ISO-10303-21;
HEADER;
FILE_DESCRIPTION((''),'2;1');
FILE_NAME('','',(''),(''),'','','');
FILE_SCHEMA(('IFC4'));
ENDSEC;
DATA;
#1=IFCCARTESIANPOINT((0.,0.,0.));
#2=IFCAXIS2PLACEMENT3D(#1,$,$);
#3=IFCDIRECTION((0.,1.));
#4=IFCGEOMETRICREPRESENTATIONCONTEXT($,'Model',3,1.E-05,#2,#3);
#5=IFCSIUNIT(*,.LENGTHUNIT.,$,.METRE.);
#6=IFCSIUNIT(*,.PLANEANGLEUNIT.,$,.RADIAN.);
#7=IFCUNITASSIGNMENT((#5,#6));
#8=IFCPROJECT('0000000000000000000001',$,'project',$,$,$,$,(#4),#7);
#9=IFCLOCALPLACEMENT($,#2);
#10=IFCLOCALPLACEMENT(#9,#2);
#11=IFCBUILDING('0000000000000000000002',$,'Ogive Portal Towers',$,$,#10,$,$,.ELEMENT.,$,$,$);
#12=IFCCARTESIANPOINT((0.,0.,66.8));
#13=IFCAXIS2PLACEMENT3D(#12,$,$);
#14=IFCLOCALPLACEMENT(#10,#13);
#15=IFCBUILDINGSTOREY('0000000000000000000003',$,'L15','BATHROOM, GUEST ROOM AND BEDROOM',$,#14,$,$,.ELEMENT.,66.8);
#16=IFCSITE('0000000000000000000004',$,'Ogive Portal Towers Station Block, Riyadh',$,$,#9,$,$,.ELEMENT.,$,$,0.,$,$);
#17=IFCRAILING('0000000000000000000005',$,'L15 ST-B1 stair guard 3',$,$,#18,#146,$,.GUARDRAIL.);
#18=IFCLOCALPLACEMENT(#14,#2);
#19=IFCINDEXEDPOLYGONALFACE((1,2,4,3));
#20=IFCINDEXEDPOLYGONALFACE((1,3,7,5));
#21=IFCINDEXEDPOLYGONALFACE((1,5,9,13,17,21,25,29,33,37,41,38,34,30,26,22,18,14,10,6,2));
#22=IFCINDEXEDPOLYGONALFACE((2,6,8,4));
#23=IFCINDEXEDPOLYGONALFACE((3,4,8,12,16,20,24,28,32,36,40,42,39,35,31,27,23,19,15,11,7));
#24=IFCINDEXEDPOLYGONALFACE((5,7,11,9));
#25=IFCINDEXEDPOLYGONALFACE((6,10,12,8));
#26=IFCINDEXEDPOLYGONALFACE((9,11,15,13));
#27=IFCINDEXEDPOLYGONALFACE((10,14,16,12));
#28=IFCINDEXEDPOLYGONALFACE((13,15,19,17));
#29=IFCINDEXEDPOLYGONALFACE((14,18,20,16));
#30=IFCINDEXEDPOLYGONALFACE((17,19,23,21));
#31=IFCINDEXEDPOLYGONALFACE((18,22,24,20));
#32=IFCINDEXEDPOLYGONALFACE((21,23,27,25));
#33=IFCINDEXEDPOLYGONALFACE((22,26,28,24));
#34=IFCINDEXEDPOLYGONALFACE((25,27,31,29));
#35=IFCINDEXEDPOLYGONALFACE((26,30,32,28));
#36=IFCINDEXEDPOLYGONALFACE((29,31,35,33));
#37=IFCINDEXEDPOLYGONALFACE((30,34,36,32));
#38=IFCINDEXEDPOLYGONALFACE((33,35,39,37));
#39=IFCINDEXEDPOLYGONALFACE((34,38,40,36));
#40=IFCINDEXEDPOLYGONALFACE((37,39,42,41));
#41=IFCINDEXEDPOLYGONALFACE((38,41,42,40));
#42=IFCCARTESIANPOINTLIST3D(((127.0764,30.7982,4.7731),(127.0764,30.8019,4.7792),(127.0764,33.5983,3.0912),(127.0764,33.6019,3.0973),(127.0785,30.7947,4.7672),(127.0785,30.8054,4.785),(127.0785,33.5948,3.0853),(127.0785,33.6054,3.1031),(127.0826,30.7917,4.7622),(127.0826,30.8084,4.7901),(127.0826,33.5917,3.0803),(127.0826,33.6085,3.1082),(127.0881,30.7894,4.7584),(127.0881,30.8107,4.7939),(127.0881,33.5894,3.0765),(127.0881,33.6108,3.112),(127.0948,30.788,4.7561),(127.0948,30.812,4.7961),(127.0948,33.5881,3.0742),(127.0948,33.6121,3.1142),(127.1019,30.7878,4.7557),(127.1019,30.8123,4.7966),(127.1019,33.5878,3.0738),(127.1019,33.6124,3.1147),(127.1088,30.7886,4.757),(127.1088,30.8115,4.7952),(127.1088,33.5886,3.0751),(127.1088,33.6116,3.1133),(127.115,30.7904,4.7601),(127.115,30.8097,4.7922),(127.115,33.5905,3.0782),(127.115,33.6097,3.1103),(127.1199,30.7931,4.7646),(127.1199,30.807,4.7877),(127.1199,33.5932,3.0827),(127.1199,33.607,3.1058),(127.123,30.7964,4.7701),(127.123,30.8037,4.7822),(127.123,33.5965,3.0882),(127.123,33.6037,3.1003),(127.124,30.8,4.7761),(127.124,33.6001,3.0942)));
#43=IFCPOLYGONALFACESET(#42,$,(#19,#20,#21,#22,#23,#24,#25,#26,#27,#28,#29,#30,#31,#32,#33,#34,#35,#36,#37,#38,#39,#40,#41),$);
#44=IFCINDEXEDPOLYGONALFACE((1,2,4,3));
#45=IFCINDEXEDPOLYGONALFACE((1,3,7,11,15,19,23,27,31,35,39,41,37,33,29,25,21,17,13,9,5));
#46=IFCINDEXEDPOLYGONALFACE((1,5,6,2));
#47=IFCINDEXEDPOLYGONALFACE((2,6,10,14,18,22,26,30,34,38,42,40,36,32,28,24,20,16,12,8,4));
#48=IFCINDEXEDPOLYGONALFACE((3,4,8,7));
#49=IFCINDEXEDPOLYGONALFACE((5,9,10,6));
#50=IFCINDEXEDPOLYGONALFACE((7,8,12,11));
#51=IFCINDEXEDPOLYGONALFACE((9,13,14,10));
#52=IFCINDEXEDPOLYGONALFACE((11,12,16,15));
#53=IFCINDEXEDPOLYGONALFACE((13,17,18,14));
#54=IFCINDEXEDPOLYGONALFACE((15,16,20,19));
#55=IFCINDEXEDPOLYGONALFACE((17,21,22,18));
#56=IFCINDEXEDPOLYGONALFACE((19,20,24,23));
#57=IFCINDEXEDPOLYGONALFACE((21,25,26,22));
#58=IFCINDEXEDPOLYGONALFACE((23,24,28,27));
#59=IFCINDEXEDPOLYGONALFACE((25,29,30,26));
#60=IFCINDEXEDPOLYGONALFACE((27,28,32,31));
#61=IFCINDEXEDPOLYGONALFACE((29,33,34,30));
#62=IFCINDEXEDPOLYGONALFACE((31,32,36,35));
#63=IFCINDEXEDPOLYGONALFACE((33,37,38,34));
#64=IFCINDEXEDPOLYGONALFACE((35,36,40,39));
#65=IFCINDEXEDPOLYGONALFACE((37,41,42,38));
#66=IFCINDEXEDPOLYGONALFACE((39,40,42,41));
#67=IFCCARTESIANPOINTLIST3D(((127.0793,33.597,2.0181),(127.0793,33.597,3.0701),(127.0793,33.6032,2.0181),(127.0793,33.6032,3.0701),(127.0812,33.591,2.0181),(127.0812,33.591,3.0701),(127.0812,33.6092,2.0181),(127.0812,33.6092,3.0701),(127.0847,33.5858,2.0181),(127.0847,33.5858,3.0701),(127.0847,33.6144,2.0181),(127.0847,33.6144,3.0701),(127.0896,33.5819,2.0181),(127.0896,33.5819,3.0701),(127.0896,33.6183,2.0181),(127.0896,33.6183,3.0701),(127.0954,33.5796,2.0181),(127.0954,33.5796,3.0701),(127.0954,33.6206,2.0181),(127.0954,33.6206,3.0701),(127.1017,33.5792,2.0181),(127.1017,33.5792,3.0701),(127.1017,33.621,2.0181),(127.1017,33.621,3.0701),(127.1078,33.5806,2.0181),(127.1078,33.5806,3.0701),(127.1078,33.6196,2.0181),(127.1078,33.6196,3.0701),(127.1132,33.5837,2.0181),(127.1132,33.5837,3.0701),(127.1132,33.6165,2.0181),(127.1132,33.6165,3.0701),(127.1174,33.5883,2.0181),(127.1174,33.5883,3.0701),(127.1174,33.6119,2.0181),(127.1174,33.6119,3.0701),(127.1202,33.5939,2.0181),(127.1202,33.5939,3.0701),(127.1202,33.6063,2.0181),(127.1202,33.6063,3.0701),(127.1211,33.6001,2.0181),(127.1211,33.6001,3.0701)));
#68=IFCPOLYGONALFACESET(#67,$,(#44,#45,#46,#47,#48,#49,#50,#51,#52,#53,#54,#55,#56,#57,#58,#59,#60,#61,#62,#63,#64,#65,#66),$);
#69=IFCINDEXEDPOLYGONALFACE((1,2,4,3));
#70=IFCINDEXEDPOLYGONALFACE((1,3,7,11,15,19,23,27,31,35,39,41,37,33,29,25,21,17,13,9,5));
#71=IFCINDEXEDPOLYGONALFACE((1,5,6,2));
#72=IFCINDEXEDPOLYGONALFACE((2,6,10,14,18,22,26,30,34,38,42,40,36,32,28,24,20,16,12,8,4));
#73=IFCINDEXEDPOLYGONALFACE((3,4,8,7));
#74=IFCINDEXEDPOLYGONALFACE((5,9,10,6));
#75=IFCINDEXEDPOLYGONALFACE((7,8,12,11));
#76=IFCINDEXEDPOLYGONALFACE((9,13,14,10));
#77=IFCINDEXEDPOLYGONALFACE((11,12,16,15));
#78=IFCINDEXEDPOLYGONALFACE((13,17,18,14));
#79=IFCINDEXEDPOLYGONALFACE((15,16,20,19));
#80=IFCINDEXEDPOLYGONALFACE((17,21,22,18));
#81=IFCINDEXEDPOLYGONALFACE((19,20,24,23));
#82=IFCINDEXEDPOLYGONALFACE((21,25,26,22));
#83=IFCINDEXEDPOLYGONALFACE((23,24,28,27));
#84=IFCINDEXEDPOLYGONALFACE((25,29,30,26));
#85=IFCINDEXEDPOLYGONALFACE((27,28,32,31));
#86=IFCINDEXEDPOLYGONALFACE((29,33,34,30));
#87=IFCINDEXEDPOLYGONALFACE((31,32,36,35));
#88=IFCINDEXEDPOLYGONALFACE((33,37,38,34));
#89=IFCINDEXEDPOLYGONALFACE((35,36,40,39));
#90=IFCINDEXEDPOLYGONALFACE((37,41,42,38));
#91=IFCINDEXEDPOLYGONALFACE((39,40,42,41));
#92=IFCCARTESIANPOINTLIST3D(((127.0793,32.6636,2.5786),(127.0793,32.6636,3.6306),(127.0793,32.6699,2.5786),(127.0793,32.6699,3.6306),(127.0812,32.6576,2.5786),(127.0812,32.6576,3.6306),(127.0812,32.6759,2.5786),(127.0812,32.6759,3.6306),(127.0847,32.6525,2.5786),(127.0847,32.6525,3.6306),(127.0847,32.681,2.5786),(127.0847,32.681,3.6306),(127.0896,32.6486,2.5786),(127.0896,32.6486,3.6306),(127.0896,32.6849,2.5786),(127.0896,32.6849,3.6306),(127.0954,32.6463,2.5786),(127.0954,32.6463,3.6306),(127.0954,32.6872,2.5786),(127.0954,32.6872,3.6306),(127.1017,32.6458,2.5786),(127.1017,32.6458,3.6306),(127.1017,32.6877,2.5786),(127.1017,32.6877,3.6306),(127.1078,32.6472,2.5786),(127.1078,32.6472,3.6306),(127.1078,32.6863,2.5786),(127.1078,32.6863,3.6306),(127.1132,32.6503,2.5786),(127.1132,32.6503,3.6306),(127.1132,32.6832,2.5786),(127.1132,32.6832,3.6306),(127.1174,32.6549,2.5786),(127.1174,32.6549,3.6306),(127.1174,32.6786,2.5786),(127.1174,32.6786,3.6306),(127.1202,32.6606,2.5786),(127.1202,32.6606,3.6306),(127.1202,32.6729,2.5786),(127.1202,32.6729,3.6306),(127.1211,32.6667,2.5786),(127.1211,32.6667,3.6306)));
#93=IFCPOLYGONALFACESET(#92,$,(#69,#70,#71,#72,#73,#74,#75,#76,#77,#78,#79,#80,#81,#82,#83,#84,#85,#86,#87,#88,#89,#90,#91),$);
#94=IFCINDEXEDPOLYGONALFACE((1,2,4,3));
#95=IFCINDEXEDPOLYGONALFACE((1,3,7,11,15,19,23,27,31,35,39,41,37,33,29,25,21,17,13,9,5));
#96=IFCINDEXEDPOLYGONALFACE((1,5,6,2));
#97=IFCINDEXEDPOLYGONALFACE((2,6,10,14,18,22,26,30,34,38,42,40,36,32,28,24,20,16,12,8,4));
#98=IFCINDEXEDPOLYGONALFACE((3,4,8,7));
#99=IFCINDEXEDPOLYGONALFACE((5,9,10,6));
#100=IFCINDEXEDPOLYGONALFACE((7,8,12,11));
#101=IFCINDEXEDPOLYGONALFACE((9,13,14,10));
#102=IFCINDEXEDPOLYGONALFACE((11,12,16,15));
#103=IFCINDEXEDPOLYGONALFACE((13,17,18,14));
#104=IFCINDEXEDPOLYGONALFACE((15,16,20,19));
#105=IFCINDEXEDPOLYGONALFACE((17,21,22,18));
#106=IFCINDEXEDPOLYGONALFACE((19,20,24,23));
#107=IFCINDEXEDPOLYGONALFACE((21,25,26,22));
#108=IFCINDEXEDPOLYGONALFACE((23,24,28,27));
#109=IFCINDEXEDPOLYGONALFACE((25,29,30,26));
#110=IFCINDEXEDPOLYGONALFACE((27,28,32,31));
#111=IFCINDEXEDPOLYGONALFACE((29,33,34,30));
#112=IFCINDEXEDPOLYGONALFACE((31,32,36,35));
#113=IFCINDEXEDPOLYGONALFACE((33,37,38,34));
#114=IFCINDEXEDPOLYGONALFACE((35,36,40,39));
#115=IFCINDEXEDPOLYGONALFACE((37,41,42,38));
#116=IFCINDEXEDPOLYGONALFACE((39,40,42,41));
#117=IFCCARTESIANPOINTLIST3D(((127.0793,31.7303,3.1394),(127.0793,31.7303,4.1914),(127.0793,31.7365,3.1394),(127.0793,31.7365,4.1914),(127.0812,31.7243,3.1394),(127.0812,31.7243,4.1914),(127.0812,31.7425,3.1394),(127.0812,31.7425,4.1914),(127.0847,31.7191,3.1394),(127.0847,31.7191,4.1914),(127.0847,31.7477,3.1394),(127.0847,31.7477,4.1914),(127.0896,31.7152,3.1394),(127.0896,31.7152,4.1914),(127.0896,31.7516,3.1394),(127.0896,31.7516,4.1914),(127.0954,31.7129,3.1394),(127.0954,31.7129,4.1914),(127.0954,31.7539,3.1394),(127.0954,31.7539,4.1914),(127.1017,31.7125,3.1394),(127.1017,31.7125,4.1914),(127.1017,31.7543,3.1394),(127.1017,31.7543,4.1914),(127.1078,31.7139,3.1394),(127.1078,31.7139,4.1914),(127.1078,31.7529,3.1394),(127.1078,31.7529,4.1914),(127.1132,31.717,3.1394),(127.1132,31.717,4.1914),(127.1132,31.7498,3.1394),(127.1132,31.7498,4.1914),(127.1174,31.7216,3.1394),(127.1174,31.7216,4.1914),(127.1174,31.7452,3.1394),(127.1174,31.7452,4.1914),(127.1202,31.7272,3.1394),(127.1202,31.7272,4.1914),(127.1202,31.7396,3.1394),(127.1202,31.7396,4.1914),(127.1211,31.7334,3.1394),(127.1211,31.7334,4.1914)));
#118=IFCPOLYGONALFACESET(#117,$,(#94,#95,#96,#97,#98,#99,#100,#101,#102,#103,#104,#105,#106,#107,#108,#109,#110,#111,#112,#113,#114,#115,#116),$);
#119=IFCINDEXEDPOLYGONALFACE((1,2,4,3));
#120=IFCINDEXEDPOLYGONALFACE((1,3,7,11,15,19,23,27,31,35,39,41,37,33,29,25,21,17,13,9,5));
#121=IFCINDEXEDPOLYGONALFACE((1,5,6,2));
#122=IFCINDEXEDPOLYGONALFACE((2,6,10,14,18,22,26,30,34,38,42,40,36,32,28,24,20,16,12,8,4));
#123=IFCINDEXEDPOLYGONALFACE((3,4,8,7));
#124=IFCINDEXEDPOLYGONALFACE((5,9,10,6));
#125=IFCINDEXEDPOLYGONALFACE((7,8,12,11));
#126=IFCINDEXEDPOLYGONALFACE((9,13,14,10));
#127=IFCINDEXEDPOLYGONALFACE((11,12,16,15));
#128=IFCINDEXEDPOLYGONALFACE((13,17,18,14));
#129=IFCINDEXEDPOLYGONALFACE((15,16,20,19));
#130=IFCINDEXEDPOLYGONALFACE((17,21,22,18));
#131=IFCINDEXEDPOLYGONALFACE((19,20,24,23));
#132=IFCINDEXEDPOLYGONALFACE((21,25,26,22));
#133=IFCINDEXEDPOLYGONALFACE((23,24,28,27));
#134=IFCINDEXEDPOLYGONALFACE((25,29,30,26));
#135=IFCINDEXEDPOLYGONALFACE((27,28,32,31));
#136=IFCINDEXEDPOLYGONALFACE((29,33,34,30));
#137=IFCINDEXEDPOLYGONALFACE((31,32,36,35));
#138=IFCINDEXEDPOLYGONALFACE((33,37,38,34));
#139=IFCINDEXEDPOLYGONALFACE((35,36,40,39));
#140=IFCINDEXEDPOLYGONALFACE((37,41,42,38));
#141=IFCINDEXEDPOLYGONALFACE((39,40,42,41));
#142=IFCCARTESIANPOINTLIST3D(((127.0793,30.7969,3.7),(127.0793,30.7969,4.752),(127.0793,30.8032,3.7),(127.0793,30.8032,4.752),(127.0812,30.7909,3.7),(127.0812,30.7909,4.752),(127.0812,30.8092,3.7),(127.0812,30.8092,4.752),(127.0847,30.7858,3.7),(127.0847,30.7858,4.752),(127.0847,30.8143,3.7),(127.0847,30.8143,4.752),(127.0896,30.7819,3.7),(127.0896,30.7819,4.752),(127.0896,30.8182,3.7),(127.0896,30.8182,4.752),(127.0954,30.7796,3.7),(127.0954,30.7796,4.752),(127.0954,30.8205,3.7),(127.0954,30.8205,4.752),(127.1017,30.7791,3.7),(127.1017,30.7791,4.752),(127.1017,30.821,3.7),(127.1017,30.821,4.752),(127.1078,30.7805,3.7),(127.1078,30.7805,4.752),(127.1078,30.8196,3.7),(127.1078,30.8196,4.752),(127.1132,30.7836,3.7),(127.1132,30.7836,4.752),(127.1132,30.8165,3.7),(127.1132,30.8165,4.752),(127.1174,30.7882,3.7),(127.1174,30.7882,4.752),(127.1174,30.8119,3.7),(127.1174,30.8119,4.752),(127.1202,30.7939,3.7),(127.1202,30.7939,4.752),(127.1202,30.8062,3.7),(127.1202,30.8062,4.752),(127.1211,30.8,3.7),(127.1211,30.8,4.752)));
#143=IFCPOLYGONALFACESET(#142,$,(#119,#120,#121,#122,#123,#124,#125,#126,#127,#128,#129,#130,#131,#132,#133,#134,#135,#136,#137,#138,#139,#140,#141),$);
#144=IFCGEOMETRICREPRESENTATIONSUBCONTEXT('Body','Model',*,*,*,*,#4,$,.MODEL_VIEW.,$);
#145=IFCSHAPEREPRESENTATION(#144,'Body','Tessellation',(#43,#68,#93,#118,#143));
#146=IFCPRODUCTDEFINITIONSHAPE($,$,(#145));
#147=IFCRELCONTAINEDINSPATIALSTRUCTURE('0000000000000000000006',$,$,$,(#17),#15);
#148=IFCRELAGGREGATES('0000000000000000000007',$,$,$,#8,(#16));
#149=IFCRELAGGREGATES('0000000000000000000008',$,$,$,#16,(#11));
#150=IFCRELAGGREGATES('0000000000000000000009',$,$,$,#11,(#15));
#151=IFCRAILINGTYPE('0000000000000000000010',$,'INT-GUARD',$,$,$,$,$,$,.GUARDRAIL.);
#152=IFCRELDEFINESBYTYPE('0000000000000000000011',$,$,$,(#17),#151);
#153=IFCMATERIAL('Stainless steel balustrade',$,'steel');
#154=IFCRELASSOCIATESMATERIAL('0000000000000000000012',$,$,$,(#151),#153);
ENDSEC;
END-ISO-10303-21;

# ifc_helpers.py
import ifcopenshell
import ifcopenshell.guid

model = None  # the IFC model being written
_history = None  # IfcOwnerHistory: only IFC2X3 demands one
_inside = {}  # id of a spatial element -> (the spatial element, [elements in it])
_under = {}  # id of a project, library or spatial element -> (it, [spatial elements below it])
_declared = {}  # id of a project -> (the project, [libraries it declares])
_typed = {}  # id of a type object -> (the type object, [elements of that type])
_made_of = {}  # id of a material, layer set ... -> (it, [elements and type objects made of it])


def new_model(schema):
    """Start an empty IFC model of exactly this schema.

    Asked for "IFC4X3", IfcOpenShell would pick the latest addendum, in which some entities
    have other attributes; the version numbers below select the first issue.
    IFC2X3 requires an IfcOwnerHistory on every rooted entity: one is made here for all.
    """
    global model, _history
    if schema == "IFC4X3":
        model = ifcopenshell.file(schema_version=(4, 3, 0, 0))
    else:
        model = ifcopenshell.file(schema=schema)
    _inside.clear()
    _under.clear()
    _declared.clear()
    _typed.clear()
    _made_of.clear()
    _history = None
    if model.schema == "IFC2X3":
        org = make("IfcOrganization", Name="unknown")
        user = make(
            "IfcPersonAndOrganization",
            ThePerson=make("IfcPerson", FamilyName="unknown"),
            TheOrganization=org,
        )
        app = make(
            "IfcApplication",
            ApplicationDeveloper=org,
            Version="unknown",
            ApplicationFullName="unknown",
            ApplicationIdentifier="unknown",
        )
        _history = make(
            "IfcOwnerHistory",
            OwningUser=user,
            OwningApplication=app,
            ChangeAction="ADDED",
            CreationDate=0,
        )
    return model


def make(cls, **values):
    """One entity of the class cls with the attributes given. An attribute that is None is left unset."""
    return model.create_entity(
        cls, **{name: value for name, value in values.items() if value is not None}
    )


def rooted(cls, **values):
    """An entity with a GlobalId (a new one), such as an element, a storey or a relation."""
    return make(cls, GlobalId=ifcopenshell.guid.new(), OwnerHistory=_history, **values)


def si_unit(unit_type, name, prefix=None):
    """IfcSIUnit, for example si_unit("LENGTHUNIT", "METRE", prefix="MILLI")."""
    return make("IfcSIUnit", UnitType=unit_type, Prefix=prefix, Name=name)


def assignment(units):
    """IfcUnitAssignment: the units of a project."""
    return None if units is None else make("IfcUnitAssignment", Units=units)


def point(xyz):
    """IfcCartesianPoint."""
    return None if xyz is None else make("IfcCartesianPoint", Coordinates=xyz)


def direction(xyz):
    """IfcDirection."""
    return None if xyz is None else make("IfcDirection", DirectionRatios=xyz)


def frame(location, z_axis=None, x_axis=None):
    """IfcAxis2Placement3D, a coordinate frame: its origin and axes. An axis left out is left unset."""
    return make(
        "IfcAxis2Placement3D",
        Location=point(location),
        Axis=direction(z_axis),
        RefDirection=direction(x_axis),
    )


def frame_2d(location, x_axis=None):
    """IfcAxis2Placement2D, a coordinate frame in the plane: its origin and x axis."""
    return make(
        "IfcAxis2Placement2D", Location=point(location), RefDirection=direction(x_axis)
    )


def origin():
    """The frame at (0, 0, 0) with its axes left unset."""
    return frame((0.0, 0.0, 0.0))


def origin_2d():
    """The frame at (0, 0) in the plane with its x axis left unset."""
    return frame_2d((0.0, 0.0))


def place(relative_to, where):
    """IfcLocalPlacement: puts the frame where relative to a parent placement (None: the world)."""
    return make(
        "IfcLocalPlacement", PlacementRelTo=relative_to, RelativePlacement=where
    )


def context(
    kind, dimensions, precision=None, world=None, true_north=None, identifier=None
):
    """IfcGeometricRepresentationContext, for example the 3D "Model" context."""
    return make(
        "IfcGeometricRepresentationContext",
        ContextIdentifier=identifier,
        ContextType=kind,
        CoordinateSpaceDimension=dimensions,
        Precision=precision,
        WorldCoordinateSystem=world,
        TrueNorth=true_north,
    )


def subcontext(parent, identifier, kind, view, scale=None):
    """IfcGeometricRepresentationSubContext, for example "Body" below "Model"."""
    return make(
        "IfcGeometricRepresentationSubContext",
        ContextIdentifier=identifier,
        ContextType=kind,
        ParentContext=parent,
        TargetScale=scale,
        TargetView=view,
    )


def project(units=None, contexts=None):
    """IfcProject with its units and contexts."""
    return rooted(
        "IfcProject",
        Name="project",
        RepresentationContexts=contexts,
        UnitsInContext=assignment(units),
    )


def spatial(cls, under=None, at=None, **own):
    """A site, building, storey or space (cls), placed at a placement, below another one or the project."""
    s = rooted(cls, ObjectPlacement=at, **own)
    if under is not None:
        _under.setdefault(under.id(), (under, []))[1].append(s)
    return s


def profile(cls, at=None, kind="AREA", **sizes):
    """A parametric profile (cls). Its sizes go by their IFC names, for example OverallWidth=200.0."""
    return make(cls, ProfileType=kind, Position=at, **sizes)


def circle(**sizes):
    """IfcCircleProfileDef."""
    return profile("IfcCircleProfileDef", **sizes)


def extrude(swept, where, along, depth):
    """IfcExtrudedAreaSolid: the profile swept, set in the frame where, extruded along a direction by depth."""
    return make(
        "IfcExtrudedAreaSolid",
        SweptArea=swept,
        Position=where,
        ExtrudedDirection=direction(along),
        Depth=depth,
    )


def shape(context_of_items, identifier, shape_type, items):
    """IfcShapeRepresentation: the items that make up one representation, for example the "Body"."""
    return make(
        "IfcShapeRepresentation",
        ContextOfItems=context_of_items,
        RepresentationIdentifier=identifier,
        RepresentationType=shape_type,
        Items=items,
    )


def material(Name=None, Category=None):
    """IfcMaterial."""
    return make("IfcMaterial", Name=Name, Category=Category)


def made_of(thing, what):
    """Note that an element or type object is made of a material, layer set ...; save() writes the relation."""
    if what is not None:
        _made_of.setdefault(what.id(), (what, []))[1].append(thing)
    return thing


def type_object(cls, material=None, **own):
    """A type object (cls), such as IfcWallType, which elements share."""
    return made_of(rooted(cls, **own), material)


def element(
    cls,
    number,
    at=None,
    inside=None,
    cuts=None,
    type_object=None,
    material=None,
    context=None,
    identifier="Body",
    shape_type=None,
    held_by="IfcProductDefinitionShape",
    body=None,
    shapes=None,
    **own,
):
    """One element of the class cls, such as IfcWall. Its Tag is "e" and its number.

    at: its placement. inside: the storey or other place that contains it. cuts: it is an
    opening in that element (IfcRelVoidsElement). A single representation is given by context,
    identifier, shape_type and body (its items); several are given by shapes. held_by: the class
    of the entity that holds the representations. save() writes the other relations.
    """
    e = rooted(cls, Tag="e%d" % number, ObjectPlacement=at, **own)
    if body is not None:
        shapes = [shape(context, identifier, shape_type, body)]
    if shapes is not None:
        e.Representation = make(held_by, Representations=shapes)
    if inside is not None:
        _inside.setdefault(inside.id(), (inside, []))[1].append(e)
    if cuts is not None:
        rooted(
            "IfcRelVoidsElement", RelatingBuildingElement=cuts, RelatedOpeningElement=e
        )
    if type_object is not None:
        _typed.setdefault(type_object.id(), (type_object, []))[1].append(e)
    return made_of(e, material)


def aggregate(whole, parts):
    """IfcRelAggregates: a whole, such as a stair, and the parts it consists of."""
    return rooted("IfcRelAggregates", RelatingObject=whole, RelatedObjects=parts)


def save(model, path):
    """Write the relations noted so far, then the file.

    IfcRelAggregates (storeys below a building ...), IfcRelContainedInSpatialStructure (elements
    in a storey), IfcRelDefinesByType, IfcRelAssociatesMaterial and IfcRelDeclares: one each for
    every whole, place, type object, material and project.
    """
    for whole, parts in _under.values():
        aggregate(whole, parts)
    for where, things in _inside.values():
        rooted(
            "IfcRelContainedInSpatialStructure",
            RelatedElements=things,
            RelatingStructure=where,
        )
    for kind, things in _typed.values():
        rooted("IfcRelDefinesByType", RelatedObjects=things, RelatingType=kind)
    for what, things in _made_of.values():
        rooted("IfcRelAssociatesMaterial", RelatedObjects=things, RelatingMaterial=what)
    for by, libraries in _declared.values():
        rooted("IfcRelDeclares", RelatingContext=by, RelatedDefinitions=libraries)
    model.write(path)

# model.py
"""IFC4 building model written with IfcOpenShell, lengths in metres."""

from ifc_helpers import new_model, si_unit, direction, frame, origin, origin_2d, place, context, subcontext, project, spatial, circle, extrude, material, type_object, element, save


model = new_model("IFC4")

# Units and contexts
model_context = context("Model", 3, precision=1e-05, world=origin(), true_north=direction((0.0, 1.0)))
body_context = subcontext(model_context, "Body", "Model", "MODEL_VIEW")
ifc_project = project(units=[si_unit("LENGTHUNIT", "METRE"), si_unit("PLANEANGLEUNIT", "RADIAN")], contexts=[model_context])

# Site, building, storey
site_placement = place(None, origin())
site = spatial("IfcSite", under=ifc_project, at=site_placement, Name="Ogive Portal Towers Station Block, Riyadh", CompositionType="ELEMENT", RefElevation=0.0)
building_placement = place(site_placement, origin())
building = spatial("IfcBuilding", under=site, at=building_placement, Name="Ogive Portal Towers", CompositionType="ELEMENT")
storey_placement = place(building_placement, frame((0.0, 0.0, 66.8)))
storey = spatial("IfcBuildingStorey", under=building, at=storey_placement, Name="L15", Description="BATHROOM, GUEST ROOM AND BEDROOM", CompositionType="ELEMENT", Elevation=66.8)

# Railing
ifc_material_1 = material(Name="Stainless steel balustrade", Category="steel")
railing_type_1 = type_object("IfcRailingType", Name="INT-GUARD", PredefinedType="GUARDRAIL", material=ifc_material_1)
railing_1_placement = place(storey_placement, frame((127.1001, 33.6001, 2.0181)))
element("IfcRailing", 1, at=railing_1_placement, inside=storey, type_object=railing_type_1, Name="L15 ST-B1 stair guard 3", PredefinedType="GUARDRAIL", context=body_context, shape_type="SweptSolid", body=[
    extrude(circle(Radius=0.0239, at=origin_2d()), frame((0.0, 0.0, 1.0762), z_axis=(0.0, -0.857242, 0.514913), x_axis=(1.0, 0.0, 0.0)), (0.0, 0.0, 1.0), 3.2664),
    extrude(circle(Radius=0.021, at=origin_2d()), origin(), (0.0, 0.0, 1.0), 1.052),
    extrude(circle(Radius=0.021, at=origin_2d()), frame((0.0, -0.9333, 0.5605)), (0.0, 0.0, 1.0), 1.052),
    extrude(circle(Radius=0.021, at=origin_2d()), frame((0.0, -1.8667, 1.1213)), (0.0, 0.0, 1.0), 1.052),
    extrude(circle(Radius=0.021, at=origin_2d()), frame((0.0, -2.8, 1.6819)), (0.0, 0.0, 1.0), 1.052),
])

save(model, "model.ifc")
